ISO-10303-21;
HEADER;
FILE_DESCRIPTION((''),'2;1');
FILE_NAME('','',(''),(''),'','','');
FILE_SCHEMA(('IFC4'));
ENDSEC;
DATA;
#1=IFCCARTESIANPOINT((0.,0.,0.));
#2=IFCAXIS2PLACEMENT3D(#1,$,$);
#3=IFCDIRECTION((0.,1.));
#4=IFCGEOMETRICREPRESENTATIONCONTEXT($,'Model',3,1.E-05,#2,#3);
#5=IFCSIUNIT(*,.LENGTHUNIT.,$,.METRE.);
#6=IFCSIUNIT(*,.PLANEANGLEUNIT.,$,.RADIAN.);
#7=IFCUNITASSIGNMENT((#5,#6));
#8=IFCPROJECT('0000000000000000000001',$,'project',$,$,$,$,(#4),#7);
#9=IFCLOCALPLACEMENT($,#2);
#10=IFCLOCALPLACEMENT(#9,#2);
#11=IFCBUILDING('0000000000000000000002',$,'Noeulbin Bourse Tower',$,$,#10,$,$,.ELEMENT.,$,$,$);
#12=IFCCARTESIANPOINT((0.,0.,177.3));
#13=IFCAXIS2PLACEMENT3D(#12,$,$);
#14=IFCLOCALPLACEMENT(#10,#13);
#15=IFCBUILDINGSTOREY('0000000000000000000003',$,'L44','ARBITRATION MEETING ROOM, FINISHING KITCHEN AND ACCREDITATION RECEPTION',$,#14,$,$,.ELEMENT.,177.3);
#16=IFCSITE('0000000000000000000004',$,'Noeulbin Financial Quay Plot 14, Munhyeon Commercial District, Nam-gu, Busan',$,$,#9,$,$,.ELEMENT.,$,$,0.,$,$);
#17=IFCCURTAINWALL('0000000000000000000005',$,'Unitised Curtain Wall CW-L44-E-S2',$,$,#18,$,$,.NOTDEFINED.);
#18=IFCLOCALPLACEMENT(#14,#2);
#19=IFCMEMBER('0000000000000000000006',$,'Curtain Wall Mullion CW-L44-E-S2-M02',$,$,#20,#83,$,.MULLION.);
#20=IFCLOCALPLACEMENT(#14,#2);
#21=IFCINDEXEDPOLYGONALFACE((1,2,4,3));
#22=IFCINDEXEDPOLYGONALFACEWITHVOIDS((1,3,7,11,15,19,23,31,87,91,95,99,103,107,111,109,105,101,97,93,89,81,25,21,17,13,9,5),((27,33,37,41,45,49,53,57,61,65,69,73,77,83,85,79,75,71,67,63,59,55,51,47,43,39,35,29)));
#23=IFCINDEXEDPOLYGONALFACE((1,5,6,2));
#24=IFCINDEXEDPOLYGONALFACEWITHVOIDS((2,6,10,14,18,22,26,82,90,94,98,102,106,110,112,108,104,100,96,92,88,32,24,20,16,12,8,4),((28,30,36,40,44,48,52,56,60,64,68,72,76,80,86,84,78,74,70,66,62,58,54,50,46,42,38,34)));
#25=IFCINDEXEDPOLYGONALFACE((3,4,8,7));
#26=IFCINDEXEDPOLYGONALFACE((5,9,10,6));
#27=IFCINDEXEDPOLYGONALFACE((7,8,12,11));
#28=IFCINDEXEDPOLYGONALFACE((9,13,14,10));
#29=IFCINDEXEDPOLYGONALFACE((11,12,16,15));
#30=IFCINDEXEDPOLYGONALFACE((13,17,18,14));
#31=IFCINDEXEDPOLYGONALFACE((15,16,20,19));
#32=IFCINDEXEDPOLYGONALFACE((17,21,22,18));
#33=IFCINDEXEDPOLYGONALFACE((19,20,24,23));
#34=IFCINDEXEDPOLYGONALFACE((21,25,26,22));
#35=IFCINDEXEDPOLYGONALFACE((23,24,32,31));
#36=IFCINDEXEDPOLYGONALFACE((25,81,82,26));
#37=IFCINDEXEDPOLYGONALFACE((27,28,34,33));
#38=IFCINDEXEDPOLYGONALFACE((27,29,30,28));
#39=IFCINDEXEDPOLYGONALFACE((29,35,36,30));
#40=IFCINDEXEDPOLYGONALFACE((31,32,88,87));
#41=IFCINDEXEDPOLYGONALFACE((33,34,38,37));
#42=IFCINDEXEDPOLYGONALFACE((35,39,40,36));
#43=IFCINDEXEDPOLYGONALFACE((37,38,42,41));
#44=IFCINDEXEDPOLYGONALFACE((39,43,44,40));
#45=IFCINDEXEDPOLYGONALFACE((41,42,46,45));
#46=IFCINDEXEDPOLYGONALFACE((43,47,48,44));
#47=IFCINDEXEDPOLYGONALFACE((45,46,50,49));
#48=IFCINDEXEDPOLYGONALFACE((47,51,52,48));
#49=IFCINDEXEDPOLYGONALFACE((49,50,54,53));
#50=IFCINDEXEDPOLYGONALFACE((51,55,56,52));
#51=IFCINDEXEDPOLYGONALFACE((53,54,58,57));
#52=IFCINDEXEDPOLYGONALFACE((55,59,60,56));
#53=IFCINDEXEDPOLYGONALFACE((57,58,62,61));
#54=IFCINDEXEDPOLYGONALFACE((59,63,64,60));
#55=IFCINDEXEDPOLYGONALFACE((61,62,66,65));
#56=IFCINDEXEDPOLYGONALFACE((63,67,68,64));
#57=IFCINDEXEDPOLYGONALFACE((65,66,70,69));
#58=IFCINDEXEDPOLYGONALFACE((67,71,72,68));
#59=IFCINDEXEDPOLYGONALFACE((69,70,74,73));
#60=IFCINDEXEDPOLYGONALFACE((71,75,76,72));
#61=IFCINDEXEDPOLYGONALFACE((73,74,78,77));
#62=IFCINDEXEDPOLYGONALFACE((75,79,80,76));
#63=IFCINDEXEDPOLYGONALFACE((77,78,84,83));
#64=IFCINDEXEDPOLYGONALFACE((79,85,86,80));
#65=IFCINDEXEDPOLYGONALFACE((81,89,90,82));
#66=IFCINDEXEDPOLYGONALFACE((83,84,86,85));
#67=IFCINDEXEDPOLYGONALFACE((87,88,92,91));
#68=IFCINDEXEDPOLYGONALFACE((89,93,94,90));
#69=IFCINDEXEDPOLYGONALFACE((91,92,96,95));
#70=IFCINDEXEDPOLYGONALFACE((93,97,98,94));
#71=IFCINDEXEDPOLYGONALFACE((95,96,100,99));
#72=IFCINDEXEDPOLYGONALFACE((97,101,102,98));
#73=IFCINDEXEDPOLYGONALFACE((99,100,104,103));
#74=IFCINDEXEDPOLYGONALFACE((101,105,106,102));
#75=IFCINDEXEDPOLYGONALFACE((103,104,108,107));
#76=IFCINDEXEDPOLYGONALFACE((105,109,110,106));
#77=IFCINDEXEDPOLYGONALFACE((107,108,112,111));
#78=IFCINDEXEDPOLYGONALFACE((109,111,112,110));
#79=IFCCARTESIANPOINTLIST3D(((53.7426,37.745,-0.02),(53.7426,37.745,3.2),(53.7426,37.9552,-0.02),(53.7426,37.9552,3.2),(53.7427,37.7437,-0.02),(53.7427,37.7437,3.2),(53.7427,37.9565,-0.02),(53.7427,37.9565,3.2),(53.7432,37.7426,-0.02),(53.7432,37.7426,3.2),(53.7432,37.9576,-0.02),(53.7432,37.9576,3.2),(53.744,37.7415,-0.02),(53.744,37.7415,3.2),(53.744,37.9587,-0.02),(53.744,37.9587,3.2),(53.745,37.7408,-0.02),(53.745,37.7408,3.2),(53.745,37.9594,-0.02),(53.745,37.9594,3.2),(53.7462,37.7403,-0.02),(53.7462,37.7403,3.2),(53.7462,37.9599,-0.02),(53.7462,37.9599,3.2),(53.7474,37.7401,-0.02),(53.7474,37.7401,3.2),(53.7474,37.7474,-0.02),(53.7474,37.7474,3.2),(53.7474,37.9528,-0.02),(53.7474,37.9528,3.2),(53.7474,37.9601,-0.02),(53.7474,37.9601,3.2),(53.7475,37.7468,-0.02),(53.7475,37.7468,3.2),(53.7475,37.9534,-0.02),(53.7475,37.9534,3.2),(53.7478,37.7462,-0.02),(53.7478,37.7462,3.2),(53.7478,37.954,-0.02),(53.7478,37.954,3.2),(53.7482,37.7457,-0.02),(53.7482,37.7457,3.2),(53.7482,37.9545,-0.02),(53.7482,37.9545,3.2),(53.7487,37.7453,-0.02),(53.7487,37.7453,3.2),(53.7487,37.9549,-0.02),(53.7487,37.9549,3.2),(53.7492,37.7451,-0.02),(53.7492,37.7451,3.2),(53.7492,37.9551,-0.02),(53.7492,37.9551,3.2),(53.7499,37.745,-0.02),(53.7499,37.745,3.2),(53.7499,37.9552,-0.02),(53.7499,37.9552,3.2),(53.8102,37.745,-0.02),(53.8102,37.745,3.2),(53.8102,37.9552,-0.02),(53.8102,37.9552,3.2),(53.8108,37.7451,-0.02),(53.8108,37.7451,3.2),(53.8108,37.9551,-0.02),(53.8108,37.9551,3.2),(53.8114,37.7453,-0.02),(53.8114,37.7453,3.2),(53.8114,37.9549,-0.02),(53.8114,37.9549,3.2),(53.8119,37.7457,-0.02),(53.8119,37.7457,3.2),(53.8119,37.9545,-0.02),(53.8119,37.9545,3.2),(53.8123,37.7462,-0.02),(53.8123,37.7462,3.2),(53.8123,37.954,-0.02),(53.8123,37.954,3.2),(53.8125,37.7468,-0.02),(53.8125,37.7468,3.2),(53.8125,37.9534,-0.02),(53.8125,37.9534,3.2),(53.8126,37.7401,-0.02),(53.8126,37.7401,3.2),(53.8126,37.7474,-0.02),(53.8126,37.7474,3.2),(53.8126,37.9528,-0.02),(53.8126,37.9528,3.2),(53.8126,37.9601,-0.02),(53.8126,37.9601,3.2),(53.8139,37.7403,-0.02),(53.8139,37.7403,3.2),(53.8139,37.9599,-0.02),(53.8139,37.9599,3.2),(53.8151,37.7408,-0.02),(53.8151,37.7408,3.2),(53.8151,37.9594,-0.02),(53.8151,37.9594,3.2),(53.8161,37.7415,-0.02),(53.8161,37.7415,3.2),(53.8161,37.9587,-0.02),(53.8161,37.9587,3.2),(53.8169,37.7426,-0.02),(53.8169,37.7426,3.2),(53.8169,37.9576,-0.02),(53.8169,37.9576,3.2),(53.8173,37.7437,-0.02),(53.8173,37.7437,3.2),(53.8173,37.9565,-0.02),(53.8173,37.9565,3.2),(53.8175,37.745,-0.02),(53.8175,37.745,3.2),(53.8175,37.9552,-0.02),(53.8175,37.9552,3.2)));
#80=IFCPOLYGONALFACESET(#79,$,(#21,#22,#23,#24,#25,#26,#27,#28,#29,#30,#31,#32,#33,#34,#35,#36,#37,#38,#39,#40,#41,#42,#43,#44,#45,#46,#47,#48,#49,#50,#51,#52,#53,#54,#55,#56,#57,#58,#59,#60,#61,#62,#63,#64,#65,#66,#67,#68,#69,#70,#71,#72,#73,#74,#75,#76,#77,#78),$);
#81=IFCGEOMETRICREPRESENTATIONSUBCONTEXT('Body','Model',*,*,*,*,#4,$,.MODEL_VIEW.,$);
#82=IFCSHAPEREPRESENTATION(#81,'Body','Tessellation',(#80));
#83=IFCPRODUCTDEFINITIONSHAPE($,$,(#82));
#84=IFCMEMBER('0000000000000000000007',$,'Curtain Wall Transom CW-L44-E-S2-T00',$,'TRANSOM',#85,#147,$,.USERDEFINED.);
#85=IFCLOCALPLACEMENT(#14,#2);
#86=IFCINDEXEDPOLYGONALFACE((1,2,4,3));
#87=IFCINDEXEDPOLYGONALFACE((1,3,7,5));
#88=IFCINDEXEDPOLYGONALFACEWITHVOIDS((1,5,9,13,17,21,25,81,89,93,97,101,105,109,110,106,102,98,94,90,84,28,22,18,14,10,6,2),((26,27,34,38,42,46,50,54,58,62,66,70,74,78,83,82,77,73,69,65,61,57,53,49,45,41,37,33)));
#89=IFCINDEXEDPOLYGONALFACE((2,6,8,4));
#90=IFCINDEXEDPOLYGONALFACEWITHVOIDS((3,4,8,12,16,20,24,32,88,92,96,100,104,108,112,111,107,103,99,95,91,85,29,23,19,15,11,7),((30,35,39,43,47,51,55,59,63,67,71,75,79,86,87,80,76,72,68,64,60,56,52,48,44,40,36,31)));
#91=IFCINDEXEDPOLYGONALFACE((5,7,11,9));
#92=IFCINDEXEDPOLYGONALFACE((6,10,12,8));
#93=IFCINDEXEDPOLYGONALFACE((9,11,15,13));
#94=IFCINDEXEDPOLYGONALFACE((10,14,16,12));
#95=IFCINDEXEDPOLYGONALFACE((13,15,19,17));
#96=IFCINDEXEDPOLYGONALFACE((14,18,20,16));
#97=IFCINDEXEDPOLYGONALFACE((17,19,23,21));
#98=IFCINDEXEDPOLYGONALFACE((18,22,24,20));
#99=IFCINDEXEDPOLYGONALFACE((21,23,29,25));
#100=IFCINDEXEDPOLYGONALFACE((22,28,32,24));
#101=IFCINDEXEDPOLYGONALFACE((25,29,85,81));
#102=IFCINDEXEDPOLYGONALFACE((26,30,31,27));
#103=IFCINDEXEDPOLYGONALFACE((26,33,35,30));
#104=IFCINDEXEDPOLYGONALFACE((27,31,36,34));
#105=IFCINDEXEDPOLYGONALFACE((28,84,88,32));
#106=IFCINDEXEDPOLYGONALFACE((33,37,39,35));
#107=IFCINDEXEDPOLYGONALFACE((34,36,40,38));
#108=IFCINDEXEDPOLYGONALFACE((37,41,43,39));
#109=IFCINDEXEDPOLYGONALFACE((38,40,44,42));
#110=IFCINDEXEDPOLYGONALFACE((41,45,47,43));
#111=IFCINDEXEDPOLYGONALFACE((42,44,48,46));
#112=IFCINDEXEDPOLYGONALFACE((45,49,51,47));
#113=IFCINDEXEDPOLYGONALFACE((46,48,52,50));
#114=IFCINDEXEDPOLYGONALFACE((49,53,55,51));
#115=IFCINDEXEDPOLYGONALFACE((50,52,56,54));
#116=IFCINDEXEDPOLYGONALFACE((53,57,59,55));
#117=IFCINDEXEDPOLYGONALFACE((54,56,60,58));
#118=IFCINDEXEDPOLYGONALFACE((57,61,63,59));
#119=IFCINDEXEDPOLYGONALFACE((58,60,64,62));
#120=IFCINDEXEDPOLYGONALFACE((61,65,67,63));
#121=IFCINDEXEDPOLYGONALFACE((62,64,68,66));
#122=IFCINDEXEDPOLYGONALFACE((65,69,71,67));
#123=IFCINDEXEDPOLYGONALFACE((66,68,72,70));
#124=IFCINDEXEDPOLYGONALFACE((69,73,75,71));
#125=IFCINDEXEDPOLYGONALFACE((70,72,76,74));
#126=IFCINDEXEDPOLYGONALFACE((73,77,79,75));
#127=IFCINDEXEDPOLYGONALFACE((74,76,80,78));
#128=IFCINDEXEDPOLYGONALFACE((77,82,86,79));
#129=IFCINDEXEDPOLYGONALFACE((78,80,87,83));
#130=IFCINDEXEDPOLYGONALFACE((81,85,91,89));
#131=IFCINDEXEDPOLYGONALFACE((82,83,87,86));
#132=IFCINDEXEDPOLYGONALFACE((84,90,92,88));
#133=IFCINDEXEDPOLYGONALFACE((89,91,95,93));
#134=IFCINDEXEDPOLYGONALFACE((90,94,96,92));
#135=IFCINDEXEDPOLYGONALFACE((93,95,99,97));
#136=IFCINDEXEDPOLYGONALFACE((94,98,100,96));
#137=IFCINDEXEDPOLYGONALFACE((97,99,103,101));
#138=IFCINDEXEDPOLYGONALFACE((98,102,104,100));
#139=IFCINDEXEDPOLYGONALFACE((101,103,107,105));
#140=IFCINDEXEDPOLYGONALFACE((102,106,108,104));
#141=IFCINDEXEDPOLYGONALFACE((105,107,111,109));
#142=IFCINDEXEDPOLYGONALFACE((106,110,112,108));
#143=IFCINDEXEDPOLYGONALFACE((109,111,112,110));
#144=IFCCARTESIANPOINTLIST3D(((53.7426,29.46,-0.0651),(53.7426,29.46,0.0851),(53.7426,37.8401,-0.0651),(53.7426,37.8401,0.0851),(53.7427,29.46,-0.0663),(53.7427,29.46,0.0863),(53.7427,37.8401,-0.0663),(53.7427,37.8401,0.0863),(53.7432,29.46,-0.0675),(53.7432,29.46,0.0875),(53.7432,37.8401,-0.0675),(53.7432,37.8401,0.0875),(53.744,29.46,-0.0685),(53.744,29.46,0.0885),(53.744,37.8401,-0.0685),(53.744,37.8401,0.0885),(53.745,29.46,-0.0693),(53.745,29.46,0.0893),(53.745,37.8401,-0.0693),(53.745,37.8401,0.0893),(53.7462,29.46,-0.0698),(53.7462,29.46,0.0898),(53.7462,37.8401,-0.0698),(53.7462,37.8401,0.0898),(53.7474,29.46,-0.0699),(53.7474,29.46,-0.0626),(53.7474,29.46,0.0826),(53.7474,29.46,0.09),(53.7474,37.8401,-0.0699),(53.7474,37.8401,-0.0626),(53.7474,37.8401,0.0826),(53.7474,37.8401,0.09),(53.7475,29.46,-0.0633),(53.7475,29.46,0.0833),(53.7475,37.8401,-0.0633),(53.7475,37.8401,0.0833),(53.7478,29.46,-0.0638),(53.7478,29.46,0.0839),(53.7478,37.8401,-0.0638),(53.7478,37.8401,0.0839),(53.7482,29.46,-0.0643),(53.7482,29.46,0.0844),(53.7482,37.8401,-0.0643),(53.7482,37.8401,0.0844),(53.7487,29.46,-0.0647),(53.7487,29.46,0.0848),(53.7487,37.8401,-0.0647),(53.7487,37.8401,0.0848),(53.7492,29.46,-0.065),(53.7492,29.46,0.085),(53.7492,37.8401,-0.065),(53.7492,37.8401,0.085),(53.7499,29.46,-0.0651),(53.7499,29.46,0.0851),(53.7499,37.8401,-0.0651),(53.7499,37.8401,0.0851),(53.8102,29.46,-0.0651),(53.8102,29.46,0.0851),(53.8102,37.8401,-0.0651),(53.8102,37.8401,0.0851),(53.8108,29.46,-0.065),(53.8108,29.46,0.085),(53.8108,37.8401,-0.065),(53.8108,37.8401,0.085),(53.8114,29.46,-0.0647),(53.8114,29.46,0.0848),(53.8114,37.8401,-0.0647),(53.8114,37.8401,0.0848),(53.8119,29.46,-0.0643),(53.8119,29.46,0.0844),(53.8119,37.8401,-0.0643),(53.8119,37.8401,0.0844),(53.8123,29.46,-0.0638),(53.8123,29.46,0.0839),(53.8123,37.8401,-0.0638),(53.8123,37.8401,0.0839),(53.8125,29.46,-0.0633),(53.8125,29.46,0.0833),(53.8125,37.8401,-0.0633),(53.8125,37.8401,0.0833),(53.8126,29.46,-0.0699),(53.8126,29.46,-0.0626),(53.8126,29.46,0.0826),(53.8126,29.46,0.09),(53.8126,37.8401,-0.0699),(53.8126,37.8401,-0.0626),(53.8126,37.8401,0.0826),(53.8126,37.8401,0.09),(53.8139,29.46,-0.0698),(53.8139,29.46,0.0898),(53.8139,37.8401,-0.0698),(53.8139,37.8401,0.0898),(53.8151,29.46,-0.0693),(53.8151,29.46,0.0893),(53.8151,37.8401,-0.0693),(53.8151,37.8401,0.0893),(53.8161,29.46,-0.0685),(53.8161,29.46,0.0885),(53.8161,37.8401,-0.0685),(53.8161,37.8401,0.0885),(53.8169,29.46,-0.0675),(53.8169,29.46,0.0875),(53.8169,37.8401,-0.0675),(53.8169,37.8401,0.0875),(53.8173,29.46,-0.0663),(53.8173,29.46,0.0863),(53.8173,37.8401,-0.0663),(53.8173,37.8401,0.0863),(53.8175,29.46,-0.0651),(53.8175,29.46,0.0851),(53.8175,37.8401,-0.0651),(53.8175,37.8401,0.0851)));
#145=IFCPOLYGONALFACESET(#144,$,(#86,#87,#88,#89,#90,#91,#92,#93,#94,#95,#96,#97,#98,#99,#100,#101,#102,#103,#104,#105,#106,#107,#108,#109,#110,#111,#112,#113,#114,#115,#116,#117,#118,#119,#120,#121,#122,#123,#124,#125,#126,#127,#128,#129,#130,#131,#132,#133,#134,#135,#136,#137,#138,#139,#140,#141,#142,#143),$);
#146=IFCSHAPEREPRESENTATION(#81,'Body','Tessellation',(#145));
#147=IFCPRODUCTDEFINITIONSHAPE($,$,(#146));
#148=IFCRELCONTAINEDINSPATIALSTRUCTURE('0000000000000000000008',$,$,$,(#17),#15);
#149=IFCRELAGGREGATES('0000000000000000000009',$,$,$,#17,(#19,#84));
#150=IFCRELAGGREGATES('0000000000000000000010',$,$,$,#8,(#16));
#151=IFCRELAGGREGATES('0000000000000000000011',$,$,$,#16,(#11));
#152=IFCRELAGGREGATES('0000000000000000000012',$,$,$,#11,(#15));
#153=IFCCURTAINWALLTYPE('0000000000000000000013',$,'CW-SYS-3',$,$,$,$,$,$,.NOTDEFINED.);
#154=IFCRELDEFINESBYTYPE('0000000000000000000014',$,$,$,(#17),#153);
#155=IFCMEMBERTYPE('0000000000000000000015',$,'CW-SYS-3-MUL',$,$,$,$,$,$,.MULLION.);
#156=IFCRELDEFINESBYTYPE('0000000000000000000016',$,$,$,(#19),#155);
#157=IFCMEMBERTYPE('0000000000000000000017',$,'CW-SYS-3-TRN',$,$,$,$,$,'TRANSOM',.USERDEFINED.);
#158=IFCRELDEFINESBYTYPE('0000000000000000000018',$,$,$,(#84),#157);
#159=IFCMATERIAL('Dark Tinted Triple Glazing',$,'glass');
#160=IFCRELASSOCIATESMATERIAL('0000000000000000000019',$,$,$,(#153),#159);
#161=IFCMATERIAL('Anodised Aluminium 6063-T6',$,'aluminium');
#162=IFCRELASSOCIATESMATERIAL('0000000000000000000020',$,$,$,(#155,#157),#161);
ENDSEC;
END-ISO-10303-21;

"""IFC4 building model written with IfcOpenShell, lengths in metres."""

from ifc_helpers import new_model, si_unit, direction, frame, origin, origin_2d, place, context, subcontext, project, spatial, hollow_rectangle, extrude, material, material_profile, profile_set, type_object, element, aggregate, save


model = new_model("IFC4")

# Units and contexts
model_context = context("Model", 3, precision=1e-05, world=origin(), true_north=direction((0.0, 1.0)))
body_context = subcontext(model_context, "Body", "Model", "MODEL_VIEW")
ifc_project = project(units=[si_unit("LENGTHUNIT", "METRE"), si_unit("PLANEANGLEUNIT", "RADIAN")], contexts=[model_context])

# Site, building, storey
site_placement = place(None, origin())
site = spatial("IfcSite", under=ifc_project, at=site_placement, Name="Noeulbin Financial Quay Plot 14, Munhyeon Commercial District, Nam-gu, Busan", CompositionType="ELEMENT", RefElevation=0.0)
building_placement = place(site_placement, origin())
building = spatial("IfcBuilding", under=site, at=building_placement, Name="Noeulbin Bourse Tower", CompositionType="ELEMENT")
storey_placement = place(building_placement, frame((0.0, 0.0, 177.3)))
storey = spatial("IfcBuildingStorey", under=building, at=storey_placement, Name="L44", Description="ARBITRATION MEETING ROOM, FINISHING KITCHEN AND ACCREDITATION RECEPTION", CompositionType="ELEMENT", Elevation=177.3)

# Curtain wall, members
ifc_material_1 = material(Name="Dark Tinted Triple Glazing", Category="glass")
curtain_wall_type = type_object("IfcCurtainWallType", Name="CW-SYS-3", PredefinedType="NOTDEFINED", material=ifc_material_1)
curtain_wall_placement = place(storey_placement, origin())
curtain_wall = element("IfcCurtainWall", 1, at=curtain_wall_placement, inside=storey, type_object=curtain_wall_type, Name="Unitised Curtain Wall CW-L44-E-S2", PredefinedType="NOTDEFINED")
ifc_material_2 = material(Name="Anodised Aluminium 6063-T6", Category="aluminium")
ifc_material_profile_1 = material_profile(ifc_material_2, hollow_rectangle(XDim=0.075, YDim=0.22, WallThickness=0.0049, InnerFilletRadius=0.0024, OuterFilletRadius=0.0049, at=origin_2d()), Name="ALU-MULL-75x220x5", Category="LoadBearing")
ifc_profile_set_1 = profile_set([ifc_material_profile_1], Name="Anodised Aluminium 6063-T6")
member_type_1 = type_object("IfcMemberType", Name="CW-SYS-3-MUL", PredefinedType="MULLION", material=ifc_profile_set_1)
member_1_placement = place(storey_placement, frame((53.78, 37.8501, -0.02), z_axis=(0.0, 0.0, 1.0), x_axis=(1.0, 0.0, 0.0)))
member_1 = element("IfcMember", 2, at=member_1_placement, type_object=member_type_1, Name="Curtain Wall Mullion CW-L44-E-S2-M02", PredefinedType="MULLION", context=body_context, shape_type="SweptSolid", body=[
    extrude(hollow_rectangle(XDim=0.075, YDim=0.22, WallThickness=0.0049, InnerFilletRadius=0.0024, OuterFilletRadius=0.0049, at=origin_2d()), origin(), (0.0, 0.0, 1.0), 3.22),
])
ifc_material_profile_2 = material_profile(ifc_material_2, hollow_rectangle(XDim=0.075, YDim=0.1599, WallThickness=0.0049, InnerFilletRadius=0.0024, OuterFilletRadius=0.0049, at=origin_2d()), Name="ALU-TRAN-75x160x5", Category="LoadBearing")
ifc_profile_set_2 = profile_set([ifc_material_profile_2], Name="Anodised Aluminium 6063-T6")
member_type_2 = type_object("IfcMemberType", Name="CW-SYS-3-TRN", ElementType="TRANSOM", PredefinedType="USERDEFINED", material=ifc_profile_set_2)
member_2_placement = place(storey_placement, frame((53.78, 29.46, 0.01), z_axis=(0.0, 1.0, 0.0), x_axis=(-1.0, 0.0, 0.0)))
member_2 = element("IfcMember", 3, at=member_2_placement, type_object=member_type_2, Name="Curtain Wall Transom CW-L44-E-S2-T00", ObjectType="TRANSOM", PredefinedType="USERDEFINED", context=body_context, shape_type="SweptSolid", body=[
    extrude(hollow_rectangle(XDim=0.075, YDim=0.1599, WallThickness=0.0049, InnerFilletRadius=0.0024, OuterFilletRadius=0.0049, at=origin_2d()), origin(), (0.0, 0.0, 1.0), 8.3801),
])
aggregate(curtain_wall, [member_1, member_2])

save(model, "model.ifc")
